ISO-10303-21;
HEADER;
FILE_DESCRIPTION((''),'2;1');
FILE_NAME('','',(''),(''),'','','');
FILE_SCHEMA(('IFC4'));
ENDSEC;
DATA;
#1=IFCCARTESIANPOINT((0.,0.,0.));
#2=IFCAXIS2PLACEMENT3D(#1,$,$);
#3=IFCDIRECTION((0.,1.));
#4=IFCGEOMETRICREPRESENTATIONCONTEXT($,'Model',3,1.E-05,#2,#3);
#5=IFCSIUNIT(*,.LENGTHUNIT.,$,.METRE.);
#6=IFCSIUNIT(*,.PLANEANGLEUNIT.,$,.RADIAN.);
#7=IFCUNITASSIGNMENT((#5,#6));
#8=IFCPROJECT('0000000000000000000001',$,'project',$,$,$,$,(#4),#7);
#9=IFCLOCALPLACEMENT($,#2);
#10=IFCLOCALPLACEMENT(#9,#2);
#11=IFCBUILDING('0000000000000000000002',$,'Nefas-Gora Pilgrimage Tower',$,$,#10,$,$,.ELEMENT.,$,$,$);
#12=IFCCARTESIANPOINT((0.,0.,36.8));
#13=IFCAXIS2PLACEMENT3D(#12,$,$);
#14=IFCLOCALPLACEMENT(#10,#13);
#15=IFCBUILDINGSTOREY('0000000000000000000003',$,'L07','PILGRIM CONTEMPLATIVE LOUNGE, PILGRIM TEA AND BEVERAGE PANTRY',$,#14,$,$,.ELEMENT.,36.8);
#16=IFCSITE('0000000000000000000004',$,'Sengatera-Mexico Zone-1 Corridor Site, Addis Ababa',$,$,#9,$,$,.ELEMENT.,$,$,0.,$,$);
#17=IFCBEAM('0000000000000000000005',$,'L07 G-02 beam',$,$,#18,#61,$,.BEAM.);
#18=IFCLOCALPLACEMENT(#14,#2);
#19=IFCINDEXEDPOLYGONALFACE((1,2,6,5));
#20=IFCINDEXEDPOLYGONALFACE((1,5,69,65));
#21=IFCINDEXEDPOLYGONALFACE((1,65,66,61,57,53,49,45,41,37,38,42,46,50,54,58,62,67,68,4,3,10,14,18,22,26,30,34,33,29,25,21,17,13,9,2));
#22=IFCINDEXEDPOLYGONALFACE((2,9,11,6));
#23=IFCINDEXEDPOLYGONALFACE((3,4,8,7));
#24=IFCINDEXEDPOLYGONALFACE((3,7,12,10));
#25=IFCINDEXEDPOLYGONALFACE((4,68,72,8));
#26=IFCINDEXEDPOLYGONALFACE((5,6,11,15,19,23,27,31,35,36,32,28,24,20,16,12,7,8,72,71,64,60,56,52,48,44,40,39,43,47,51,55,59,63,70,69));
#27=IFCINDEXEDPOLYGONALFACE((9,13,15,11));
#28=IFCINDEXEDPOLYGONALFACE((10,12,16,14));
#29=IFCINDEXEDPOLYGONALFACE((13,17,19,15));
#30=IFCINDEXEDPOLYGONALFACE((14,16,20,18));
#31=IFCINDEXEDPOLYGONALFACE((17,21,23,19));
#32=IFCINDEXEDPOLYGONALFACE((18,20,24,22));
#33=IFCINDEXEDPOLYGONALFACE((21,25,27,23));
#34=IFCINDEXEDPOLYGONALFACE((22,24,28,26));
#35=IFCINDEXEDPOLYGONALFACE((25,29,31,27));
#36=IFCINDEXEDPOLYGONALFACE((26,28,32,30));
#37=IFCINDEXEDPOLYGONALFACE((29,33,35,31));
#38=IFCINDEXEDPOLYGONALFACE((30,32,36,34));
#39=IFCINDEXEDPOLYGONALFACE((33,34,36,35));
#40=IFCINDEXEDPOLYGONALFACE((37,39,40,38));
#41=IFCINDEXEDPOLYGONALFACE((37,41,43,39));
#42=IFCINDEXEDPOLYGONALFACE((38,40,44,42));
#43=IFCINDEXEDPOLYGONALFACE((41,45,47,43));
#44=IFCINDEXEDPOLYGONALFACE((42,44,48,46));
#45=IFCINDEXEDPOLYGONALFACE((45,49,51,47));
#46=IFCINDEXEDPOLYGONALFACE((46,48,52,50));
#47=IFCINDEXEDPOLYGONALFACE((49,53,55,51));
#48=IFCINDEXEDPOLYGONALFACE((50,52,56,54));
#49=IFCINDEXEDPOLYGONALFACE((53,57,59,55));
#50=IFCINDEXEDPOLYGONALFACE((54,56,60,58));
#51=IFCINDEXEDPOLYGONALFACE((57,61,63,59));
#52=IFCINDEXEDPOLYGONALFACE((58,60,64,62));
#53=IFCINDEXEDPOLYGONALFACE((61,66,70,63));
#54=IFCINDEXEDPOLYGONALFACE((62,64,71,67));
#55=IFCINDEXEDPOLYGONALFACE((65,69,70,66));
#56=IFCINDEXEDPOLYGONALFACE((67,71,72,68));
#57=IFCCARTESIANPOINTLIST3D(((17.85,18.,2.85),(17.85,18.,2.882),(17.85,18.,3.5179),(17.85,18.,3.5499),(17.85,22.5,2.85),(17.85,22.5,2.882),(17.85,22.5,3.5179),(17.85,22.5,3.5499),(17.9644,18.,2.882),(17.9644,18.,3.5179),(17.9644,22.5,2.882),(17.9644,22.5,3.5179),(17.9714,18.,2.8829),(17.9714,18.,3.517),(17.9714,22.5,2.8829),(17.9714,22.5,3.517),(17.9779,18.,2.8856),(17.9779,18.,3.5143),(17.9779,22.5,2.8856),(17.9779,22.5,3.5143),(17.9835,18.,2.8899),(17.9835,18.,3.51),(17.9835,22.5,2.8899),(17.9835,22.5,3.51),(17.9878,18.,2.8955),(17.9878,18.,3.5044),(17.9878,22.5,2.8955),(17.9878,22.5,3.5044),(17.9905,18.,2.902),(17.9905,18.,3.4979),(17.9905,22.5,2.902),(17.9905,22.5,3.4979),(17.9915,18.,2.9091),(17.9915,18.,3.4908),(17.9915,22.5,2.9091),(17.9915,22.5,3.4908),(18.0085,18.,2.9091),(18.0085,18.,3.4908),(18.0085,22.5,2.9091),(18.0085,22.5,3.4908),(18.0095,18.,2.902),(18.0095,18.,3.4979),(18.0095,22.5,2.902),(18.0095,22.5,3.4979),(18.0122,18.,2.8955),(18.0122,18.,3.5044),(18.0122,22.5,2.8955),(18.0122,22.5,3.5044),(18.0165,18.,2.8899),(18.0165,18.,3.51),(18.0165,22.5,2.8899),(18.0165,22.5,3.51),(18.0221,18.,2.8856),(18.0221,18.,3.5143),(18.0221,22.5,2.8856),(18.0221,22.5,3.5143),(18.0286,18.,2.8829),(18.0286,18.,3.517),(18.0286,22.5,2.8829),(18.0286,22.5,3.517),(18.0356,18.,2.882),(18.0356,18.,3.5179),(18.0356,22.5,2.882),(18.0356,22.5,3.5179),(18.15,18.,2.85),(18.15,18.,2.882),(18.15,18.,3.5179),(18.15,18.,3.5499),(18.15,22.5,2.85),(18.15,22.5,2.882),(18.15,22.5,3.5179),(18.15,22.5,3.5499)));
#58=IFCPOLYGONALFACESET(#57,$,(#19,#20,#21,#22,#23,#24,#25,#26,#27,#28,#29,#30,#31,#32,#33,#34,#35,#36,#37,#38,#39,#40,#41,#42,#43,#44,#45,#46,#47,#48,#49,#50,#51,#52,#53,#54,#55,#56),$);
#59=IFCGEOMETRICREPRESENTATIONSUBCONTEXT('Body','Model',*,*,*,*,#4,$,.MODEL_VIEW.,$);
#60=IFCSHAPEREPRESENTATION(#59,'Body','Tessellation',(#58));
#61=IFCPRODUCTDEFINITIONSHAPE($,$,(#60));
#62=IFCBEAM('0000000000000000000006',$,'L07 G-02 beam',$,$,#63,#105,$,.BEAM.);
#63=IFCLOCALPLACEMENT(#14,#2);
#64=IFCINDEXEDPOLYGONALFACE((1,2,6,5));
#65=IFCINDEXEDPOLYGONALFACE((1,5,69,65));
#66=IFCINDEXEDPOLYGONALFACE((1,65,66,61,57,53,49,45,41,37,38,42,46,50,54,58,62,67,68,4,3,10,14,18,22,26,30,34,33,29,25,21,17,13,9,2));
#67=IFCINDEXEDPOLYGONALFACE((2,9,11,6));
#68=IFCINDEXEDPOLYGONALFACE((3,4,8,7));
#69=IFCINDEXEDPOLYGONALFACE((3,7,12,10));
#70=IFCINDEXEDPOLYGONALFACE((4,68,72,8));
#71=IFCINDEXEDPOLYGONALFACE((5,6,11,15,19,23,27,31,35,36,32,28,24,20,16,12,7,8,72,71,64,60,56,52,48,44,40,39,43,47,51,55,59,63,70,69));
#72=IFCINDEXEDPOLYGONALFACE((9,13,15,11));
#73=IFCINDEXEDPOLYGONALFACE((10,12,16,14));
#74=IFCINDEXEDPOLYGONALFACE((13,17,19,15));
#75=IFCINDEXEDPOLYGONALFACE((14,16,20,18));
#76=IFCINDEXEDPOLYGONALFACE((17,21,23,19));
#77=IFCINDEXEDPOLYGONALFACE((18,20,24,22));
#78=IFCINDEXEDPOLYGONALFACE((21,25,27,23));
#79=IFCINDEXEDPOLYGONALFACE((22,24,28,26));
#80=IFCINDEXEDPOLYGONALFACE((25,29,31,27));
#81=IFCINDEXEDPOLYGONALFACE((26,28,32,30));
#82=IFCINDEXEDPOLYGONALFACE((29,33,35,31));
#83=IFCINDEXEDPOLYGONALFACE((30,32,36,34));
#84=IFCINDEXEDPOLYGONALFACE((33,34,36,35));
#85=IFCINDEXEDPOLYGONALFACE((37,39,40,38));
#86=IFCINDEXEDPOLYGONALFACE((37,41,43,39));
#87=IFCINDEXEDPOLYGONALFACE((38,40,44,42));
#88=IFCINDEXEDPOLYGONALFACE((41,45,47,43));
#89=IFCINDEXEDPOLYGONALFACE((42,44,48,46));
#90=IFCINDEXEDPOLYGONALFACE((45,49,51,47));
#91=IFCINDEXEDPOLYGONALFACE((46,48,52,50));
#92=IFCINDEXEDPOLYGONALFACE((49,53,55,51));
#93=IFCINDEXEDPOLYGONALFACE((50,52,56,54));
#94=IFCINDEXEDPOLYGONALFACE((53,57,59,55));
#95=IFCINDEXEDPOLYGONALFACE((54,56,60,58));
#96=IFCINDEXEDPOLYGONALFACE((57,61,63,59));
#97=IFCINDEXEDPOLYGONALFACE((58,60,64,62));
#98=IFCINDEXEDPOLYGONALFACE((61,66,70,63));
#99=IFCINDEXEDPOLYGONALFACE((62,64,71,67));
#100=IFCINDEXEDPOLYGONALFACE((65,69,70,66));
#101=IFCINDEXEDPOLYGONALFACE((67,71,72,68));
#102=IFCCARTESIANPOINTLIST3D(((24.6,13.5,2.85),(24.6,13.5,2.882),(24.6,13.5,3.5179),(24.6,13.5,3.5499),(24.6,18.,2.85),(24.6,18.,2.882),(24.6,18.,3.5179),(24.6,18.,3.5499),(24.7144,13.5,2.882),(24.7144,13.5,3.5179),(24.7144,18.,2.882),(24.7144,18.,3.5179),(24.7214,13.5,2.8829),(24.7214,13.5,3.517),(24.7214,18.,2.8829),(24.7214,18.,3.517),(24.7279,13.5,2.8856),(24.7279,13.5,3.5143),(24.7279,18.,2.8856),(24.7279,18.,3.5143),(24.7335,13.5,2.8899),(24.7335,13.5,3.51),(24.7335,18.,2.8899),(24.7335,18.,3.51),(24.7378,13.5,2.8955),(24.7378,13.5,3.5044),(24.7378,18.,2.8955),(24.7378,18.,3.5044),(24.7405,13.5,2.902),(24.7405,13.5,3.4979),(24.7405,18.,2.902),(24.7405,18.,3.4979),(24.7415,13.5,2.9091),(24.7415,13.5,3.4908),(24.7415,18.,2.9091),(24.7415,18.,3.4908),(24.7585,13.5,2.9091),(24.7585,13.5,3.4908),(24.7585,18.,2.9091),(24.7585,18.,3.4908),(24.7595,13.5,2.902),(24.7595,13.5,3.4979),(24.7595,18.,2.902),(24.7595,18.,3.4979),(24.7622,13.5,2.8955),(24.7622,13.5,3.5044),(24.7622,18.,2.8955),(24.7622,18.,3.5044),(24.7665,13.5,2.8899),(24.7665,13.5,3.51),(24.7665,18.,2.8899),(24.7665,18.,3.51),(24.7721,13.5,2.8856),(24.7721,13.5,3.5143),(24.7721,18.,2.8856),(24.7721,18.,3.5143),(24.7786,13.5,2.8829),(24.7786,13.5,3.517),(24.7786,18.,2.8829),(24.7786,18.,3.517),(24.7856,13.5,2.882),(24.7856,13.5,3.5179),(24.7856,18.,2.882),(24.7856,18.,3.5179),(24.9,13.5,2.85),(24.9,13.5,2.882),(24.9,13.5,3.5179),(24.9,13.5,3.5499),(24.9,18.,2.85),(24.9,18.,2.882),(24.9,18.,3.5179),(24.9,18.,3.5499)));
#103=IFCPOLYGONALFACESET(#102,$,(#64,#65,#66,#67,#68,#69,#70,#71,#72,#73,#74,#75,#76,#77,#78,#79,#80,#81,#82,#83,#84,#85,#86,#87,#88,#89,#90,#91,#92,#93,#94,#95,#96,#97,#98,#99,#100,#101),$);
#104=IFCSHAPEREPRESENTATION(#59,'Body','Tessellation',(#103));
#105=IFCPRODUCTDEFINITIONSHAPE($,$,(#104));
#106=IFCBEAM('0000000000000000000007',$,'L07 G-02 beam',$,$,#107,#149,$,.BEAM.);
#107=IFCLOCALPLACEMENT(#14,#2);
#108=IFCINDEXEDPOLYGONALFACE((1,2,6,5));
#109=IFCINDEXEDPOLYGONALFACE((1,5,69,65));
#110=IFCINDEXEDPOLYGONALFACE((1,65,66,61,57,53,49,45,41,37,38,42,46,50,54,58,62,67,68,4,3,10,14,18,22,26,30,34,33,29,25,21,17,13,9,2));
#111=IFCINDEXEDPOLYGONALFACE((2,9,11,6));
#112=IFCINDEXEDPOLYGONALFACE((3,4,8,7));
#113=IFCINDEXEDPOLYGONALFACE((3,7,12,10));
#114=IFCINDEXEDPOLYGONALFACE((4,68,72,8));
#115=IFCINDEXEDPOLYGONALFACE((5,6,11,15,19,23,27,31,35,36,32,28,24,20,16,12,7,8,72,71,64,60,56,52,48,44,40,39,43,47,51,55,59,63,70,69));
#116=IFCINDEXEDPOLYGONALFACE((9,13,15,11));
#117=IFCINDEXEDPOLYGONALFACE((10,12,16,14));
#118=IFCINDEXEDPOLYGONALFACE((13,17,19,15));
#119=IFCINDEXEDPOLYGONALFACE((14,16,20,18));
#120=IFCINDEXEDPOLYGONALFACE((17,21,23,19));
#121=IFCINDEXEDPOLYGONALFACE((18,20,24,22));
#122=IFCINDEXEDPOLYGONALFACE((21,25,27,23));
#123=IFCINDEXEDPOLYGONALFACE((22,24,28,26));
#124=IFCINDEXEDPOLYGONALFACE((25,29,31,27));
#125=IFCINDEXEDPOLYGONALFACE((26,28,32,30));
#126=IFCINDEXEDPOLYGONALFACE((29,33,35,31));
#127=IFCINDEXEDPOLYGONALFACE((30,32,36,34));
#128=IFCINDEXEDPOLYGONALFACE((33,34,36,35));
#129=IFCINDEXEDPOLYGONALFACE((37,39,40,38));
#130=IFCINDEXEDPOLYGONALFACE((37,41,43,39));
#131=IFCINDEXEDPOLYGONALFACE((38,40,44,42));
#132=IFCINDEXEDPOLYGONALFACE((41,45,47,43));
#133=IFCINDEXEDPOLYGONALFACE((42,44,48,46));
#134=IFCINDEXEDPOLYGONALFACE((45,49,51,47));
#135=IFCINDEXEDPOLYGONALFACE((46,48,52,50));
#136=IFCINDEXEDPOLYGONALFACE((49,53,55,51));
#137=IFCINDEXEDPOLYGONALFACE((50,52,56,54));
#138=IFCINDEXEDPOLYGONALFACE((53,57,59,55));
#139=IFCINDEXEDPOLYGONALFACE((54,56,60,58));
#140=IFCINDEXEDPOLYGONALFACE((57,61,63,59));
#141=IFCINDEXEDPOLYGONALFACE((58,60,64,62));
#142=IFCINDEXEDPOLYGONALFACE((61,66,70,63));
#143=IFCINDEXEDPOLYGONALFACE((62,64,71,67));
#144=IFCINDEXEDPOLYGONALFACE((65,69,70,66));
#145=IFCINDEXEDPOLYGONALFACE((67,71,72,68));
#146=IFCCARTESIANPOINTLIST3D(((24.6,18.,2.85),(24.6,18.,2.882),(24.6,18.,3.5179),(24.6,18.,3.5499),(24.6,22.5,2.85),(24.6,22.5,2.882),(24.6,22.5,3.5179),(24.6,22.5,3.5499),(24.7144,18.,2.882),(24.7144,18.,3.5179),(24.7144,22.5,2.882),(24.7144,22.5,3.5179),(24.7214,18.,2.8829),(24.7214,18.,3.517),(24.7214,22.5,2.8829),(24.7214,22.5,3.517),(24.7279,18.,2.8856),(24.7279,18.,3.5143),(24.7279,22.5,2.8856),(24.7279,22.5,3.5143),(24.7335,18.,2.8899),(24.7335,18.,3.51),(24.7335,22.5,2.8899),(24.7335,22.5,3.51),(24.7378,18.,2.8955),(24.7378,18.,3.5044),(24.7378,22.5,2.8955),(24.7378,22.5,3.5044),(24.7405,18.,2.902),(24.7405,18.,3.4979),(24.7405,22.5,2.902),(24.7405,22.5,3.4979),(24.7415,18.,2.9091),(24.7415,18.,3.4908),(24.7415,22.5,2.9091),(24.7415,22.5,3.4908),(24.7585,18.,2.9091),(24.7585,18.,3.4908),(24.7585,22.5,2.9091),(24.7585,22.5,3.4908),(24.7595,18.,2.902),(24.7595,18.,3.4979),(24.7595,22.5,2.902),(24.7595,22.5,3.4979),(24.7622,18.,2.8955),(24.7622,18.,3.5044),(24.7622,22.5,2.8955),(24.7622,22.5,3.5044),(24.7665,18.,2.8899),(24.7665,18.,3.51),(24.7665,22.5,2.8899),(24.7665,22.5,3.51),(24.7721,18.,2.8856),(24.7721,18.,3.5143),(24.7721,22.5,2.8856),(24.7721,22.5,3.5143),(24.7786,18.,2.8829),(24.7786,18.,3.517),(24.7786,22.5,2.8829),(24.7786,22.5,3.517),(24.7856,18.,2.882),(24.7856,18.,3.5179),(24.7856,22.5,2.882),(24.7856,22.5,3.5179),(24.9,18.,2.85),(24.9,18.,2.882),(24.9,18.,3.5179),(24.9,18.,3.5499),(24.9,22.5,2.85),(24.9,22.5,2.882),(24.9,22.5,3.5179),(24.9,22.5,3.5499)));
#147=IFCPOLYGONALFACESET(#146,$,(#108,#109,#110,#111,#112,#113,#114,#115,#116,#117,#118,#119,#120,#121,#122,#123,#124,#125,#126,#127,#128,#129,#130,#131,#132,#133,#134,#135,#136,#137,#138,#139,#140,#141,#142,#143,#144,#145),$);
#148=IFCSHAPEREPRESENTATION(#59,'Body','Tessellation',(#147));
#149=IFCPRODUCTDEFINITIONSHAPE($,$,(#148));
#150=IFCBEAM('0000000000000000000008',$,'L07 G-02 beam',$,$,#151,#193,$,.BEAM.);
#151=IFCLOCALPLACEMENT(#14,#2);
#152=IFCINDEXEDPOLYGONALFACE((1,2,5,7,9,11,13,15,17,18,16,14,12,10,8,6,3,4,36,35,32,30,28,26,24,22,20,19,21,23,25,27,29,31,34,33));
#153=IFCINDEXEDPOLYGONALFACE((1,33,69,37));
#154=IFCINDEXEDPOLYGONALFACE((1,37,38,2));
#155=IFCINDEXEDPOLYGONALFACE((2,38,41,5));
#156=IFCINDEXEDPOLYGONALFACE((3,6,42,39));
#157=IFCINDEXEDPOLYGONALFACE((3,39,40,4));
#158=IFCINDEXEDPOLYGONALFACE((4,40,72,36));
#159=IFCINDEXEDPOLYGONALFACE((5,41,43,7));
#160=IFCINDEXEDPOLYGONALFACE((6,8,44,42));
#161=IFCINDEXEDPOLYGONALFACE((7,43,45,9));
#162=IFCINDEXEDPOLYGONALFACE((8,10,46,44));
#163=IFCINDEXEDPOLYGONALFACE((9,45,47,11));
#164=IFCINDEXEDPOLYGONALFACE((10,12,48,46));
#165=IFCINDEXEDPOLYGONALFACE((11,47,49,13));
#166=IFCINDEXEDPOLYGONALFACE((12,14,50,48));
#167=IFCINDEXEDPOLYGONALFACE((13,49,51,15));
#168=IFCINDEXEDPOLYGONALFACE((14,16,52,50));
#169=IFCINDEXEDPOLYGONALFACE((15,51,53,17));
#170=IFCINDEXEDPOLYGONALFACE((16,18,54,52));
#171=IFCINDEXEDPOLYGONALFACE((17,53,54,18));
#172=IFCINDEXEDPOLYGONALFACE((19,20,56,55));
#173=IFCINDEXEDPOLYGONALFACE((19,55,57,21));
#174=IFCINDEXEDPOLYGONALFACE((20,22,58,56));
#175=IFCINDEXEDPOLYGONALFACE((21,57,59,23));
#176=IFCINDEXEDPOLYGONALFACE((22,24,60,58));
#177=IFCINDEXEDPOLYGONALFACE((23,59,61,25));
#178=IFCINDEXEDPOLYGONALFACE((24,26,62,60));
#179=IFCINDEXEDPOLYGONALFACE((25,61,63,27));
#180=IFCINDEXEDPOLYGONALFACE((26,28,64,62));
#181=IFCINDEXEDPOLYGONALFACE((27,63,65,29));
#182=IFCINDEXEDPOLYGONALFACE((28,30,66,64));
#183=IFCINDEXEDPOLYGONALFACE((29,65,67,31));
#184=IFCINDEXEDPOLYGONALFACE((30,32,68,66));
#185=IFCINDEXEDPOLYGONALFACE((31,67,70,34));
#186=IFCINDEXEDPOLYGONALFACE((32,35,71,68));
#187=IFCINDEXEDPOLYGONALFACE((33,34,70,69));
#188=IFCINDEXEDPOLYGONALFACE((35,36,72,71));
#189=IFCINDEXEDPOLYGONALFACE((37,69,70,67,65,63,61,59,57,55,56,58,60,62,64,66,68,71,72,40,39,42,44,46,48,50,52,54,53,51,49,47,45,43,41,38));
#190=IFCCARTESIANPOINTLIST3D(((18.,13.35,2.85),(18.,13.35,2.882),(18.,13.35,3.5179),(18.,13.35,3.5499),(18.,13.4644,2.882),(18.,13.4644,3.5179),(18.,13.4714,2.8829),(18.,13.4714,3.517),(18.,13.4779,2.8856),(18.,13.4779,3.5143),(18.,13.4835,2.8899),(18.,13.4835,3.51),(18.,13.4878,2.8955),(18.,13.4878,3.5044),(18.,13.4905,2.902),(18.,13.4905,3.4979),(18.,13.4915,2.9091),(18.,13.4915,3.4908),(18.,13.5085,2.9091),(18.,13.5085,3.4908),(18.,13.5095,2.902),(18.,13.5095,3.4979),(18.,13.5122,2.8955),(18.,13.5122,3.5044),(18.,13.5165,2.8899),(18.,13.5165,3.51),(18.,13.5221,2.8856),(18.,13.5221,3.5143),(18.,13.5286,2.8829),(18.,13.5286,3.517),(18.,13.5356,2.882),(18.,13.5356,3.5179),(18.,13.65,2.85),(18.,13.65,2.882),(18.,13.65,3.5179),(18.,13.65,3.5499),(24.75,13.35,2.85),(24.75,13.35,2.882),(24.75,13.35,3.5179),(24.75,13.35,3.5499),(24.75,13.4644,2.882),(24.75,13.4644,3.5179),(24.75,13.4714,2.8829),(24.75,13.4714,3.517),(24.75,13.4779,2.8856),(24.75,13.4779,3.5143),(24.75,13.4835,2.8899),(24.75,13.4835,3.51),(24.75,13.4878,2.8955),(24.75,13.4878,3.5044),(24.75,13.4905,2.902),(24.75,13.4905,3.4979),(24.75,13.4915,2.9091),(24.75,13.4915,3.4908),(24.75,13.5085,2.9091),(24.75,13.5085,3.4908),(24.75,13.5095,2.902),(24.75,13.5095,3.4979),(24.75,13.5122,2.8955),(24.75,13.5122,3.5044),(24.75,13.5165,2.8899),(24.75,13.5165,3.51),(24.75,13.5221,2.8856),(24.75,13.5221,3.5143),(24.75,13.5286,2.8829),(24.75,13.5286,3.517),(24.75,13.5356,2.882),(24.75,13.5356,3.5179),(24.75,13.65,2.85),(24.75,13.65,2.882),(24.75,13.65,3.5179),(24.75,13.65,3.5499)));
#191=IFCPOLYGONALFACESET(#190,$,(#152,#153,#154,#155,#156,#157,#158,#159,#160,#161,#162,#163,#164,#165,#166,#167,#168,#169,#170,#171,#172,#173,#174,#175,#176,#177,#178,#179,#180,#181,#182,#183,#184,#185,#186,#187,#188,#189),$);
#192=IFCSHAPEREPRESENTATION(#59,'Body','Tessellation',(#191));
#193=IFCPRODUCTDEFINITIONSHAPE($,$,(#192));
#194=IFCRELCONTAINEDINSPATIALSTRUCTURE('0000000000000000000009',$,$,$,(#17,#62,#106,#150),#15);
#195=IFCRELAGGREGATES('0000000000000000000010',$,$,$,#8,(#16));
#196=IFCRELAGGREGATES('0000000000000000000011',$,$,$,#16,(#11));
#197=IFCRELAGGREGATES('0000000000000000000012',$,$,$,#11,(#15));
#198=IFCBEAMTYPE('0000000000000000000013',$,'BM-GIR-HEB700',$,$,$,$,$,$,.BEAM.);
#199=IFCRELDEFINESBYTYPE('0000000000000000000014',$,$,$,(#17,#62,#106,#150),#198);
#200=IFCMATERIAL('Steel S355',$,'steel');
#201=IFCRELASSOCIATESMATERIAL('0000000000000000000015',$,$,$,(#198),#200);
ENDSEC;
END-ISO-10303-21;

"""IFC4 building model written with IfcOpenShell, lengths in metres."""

from ifc_helpers import new_model, si_unit, direction, frame, origin, origin_2d, place, context, subcontext, project, spatial, i_section, extrude, source, transform, mapped, material, material_profile, profile_set, type_object, element, save


model = new_model("IFC4")

# Units and contexts
model_context = context("Model", 3, precision=1e-05, world=origin(), true_north=direction((0.0, 1.0)))
body_context = subcontext(model_context, "Body", "Model", "MODEL_VIEW")
ifc_project = project(units=[si_unit("LENGTHUNIT", "METRE"), si_unit("PLANEANGLEUNIT", "RADIAN")], contexts=[model_context])

# Site, building, storey
site_placement = place(None, origin())
site = spatial("IfcSite", under=ifc_project, at=site_placement, Name="Sengatera-Mexico Zone-1 Corridor Site, Addis Ababa", CompositionType="ELEMENT", RefElevation=0.0)
building_placement = place(site_placement, origin())
building = spatial("IfcBuilding", under=site, at=building_placement, Name="Nefas-Gora Pilgrimage Tower", CompositionType="ELEMENT")
storey_placement = place(building_placement, frame((0.0, 0.0, 36.8)))
storey = spatial("IfcBuildingStorey", under=building, at=storey_placement, Name="L07", Description="PILGRIM CONTEMPLATIVE LOUNGE, PILGRIM TEA AND BEVERAGE PANTRY", CompositionType="ELEMENT", Elevation=36.8)

# Beams
ifc_material_1 = material(Name="Steel S355", Category="steel")
ifc_material_profile_1 = material_profile(ifc_material_1, i_section(OverallWidth=0.3, OverallDepth=0.7, WebThickness=0.0171, FlangeThickness=0.032, FilletRadius=0.0271, at=origin_2d()), Name="HEB 700")
ifc_profile_set_1 = profile_set([ifc_material_profile_1], Name="Steel S355")
beam_type_1 = type_object("IfcBeamType", Name="BM-GIR-HEB700", PredefinedType="BEAM", material=ifc_profile_set_1)
shared_shape_1 = source(origin(), body_context, "Body", "SweptSolid", [
    extrude(i_section(OverallWidth=0.3, OverallDepth=0.7, WebThickness=0.0171, FlangeThickness=0.032, FilletRadius=0.0271, at=origin_2d()), origin(), (0.0, 0.0, 1.0), 4.5),
])
for number, where, z_axis, x_axis, name in (
    (1, (18.0, 18.0, 3.2), (0.0, 1.0, 0.0), (-1.0, 0.0, 0.0), "L07 G-02 beam"),
    (2, (24.75, 13.5, 3.2), (0.0, 1.0, 0.0), (-1.0, 0.0, 0.0), "L07 G-02 beam"),
    (3, (24.75, 18.0, 3.2), (0.0, 1.0, 0.0), (-1.0, 0.0, 0.0), "L07 G-02 beam"),
):
    element("IfcBeam", number, at=place(storey_placement, frame(where, z_axis=z_axis, x_axis=x_axis)), inside=storey, type_object=beam_type_1, Name=name, PredefinedType="BEAM", context=body_context, shape_type="MappedRepresentation", body=[
        mapped(shared_shape_1, transform((0.0, 0.0, 0.0), x_axis=(1.0, 0.0, 0.0), y_axis=(0.0, 1.0, 0.0), z_axis=(0.0, 0.0, 1.0), scale=1.0)),
    ])
shared_shape_2 = source(origin(), body_context, "Body", "SweptSolid", [
    extrude(i_section(OverallWidth=0.3, OverallDepth=0.7, WebThickness=0.0171, FlangeThickness=0.032, FilletRadius=0.0271, at=origin_2d()), origin(), (0.0, 0.0, 1.0), 6.75),
])
for number, where, z_axis, x_axis, name in (
    (4, (18.0, 13.5, 3.2), (1.0, 0.0, 0.0), (0.0, 1.0, 0.0), "L07 G-02 beam"),
):
    element("IfcBeam", number, at=place(storey_placement, frame(where, z_axis=z_axis, x_axis=x_axis)), inside=storey, type_object=beam_type_1, Name=name, PredefinedType="BEAM", context=body_context, shape_type="MappedRepresentation", body=[
        mapped(shared_shape_2, transform((0.0, 0.0, 0.0), x_axis=(1.0, 0.0, 0.0), y_axis=(0.0, 1.0, 0.0), z_axis=(0.0, 0.0, 1.0), scale=1.0)),
    ])

save(model, "model.ifc")
